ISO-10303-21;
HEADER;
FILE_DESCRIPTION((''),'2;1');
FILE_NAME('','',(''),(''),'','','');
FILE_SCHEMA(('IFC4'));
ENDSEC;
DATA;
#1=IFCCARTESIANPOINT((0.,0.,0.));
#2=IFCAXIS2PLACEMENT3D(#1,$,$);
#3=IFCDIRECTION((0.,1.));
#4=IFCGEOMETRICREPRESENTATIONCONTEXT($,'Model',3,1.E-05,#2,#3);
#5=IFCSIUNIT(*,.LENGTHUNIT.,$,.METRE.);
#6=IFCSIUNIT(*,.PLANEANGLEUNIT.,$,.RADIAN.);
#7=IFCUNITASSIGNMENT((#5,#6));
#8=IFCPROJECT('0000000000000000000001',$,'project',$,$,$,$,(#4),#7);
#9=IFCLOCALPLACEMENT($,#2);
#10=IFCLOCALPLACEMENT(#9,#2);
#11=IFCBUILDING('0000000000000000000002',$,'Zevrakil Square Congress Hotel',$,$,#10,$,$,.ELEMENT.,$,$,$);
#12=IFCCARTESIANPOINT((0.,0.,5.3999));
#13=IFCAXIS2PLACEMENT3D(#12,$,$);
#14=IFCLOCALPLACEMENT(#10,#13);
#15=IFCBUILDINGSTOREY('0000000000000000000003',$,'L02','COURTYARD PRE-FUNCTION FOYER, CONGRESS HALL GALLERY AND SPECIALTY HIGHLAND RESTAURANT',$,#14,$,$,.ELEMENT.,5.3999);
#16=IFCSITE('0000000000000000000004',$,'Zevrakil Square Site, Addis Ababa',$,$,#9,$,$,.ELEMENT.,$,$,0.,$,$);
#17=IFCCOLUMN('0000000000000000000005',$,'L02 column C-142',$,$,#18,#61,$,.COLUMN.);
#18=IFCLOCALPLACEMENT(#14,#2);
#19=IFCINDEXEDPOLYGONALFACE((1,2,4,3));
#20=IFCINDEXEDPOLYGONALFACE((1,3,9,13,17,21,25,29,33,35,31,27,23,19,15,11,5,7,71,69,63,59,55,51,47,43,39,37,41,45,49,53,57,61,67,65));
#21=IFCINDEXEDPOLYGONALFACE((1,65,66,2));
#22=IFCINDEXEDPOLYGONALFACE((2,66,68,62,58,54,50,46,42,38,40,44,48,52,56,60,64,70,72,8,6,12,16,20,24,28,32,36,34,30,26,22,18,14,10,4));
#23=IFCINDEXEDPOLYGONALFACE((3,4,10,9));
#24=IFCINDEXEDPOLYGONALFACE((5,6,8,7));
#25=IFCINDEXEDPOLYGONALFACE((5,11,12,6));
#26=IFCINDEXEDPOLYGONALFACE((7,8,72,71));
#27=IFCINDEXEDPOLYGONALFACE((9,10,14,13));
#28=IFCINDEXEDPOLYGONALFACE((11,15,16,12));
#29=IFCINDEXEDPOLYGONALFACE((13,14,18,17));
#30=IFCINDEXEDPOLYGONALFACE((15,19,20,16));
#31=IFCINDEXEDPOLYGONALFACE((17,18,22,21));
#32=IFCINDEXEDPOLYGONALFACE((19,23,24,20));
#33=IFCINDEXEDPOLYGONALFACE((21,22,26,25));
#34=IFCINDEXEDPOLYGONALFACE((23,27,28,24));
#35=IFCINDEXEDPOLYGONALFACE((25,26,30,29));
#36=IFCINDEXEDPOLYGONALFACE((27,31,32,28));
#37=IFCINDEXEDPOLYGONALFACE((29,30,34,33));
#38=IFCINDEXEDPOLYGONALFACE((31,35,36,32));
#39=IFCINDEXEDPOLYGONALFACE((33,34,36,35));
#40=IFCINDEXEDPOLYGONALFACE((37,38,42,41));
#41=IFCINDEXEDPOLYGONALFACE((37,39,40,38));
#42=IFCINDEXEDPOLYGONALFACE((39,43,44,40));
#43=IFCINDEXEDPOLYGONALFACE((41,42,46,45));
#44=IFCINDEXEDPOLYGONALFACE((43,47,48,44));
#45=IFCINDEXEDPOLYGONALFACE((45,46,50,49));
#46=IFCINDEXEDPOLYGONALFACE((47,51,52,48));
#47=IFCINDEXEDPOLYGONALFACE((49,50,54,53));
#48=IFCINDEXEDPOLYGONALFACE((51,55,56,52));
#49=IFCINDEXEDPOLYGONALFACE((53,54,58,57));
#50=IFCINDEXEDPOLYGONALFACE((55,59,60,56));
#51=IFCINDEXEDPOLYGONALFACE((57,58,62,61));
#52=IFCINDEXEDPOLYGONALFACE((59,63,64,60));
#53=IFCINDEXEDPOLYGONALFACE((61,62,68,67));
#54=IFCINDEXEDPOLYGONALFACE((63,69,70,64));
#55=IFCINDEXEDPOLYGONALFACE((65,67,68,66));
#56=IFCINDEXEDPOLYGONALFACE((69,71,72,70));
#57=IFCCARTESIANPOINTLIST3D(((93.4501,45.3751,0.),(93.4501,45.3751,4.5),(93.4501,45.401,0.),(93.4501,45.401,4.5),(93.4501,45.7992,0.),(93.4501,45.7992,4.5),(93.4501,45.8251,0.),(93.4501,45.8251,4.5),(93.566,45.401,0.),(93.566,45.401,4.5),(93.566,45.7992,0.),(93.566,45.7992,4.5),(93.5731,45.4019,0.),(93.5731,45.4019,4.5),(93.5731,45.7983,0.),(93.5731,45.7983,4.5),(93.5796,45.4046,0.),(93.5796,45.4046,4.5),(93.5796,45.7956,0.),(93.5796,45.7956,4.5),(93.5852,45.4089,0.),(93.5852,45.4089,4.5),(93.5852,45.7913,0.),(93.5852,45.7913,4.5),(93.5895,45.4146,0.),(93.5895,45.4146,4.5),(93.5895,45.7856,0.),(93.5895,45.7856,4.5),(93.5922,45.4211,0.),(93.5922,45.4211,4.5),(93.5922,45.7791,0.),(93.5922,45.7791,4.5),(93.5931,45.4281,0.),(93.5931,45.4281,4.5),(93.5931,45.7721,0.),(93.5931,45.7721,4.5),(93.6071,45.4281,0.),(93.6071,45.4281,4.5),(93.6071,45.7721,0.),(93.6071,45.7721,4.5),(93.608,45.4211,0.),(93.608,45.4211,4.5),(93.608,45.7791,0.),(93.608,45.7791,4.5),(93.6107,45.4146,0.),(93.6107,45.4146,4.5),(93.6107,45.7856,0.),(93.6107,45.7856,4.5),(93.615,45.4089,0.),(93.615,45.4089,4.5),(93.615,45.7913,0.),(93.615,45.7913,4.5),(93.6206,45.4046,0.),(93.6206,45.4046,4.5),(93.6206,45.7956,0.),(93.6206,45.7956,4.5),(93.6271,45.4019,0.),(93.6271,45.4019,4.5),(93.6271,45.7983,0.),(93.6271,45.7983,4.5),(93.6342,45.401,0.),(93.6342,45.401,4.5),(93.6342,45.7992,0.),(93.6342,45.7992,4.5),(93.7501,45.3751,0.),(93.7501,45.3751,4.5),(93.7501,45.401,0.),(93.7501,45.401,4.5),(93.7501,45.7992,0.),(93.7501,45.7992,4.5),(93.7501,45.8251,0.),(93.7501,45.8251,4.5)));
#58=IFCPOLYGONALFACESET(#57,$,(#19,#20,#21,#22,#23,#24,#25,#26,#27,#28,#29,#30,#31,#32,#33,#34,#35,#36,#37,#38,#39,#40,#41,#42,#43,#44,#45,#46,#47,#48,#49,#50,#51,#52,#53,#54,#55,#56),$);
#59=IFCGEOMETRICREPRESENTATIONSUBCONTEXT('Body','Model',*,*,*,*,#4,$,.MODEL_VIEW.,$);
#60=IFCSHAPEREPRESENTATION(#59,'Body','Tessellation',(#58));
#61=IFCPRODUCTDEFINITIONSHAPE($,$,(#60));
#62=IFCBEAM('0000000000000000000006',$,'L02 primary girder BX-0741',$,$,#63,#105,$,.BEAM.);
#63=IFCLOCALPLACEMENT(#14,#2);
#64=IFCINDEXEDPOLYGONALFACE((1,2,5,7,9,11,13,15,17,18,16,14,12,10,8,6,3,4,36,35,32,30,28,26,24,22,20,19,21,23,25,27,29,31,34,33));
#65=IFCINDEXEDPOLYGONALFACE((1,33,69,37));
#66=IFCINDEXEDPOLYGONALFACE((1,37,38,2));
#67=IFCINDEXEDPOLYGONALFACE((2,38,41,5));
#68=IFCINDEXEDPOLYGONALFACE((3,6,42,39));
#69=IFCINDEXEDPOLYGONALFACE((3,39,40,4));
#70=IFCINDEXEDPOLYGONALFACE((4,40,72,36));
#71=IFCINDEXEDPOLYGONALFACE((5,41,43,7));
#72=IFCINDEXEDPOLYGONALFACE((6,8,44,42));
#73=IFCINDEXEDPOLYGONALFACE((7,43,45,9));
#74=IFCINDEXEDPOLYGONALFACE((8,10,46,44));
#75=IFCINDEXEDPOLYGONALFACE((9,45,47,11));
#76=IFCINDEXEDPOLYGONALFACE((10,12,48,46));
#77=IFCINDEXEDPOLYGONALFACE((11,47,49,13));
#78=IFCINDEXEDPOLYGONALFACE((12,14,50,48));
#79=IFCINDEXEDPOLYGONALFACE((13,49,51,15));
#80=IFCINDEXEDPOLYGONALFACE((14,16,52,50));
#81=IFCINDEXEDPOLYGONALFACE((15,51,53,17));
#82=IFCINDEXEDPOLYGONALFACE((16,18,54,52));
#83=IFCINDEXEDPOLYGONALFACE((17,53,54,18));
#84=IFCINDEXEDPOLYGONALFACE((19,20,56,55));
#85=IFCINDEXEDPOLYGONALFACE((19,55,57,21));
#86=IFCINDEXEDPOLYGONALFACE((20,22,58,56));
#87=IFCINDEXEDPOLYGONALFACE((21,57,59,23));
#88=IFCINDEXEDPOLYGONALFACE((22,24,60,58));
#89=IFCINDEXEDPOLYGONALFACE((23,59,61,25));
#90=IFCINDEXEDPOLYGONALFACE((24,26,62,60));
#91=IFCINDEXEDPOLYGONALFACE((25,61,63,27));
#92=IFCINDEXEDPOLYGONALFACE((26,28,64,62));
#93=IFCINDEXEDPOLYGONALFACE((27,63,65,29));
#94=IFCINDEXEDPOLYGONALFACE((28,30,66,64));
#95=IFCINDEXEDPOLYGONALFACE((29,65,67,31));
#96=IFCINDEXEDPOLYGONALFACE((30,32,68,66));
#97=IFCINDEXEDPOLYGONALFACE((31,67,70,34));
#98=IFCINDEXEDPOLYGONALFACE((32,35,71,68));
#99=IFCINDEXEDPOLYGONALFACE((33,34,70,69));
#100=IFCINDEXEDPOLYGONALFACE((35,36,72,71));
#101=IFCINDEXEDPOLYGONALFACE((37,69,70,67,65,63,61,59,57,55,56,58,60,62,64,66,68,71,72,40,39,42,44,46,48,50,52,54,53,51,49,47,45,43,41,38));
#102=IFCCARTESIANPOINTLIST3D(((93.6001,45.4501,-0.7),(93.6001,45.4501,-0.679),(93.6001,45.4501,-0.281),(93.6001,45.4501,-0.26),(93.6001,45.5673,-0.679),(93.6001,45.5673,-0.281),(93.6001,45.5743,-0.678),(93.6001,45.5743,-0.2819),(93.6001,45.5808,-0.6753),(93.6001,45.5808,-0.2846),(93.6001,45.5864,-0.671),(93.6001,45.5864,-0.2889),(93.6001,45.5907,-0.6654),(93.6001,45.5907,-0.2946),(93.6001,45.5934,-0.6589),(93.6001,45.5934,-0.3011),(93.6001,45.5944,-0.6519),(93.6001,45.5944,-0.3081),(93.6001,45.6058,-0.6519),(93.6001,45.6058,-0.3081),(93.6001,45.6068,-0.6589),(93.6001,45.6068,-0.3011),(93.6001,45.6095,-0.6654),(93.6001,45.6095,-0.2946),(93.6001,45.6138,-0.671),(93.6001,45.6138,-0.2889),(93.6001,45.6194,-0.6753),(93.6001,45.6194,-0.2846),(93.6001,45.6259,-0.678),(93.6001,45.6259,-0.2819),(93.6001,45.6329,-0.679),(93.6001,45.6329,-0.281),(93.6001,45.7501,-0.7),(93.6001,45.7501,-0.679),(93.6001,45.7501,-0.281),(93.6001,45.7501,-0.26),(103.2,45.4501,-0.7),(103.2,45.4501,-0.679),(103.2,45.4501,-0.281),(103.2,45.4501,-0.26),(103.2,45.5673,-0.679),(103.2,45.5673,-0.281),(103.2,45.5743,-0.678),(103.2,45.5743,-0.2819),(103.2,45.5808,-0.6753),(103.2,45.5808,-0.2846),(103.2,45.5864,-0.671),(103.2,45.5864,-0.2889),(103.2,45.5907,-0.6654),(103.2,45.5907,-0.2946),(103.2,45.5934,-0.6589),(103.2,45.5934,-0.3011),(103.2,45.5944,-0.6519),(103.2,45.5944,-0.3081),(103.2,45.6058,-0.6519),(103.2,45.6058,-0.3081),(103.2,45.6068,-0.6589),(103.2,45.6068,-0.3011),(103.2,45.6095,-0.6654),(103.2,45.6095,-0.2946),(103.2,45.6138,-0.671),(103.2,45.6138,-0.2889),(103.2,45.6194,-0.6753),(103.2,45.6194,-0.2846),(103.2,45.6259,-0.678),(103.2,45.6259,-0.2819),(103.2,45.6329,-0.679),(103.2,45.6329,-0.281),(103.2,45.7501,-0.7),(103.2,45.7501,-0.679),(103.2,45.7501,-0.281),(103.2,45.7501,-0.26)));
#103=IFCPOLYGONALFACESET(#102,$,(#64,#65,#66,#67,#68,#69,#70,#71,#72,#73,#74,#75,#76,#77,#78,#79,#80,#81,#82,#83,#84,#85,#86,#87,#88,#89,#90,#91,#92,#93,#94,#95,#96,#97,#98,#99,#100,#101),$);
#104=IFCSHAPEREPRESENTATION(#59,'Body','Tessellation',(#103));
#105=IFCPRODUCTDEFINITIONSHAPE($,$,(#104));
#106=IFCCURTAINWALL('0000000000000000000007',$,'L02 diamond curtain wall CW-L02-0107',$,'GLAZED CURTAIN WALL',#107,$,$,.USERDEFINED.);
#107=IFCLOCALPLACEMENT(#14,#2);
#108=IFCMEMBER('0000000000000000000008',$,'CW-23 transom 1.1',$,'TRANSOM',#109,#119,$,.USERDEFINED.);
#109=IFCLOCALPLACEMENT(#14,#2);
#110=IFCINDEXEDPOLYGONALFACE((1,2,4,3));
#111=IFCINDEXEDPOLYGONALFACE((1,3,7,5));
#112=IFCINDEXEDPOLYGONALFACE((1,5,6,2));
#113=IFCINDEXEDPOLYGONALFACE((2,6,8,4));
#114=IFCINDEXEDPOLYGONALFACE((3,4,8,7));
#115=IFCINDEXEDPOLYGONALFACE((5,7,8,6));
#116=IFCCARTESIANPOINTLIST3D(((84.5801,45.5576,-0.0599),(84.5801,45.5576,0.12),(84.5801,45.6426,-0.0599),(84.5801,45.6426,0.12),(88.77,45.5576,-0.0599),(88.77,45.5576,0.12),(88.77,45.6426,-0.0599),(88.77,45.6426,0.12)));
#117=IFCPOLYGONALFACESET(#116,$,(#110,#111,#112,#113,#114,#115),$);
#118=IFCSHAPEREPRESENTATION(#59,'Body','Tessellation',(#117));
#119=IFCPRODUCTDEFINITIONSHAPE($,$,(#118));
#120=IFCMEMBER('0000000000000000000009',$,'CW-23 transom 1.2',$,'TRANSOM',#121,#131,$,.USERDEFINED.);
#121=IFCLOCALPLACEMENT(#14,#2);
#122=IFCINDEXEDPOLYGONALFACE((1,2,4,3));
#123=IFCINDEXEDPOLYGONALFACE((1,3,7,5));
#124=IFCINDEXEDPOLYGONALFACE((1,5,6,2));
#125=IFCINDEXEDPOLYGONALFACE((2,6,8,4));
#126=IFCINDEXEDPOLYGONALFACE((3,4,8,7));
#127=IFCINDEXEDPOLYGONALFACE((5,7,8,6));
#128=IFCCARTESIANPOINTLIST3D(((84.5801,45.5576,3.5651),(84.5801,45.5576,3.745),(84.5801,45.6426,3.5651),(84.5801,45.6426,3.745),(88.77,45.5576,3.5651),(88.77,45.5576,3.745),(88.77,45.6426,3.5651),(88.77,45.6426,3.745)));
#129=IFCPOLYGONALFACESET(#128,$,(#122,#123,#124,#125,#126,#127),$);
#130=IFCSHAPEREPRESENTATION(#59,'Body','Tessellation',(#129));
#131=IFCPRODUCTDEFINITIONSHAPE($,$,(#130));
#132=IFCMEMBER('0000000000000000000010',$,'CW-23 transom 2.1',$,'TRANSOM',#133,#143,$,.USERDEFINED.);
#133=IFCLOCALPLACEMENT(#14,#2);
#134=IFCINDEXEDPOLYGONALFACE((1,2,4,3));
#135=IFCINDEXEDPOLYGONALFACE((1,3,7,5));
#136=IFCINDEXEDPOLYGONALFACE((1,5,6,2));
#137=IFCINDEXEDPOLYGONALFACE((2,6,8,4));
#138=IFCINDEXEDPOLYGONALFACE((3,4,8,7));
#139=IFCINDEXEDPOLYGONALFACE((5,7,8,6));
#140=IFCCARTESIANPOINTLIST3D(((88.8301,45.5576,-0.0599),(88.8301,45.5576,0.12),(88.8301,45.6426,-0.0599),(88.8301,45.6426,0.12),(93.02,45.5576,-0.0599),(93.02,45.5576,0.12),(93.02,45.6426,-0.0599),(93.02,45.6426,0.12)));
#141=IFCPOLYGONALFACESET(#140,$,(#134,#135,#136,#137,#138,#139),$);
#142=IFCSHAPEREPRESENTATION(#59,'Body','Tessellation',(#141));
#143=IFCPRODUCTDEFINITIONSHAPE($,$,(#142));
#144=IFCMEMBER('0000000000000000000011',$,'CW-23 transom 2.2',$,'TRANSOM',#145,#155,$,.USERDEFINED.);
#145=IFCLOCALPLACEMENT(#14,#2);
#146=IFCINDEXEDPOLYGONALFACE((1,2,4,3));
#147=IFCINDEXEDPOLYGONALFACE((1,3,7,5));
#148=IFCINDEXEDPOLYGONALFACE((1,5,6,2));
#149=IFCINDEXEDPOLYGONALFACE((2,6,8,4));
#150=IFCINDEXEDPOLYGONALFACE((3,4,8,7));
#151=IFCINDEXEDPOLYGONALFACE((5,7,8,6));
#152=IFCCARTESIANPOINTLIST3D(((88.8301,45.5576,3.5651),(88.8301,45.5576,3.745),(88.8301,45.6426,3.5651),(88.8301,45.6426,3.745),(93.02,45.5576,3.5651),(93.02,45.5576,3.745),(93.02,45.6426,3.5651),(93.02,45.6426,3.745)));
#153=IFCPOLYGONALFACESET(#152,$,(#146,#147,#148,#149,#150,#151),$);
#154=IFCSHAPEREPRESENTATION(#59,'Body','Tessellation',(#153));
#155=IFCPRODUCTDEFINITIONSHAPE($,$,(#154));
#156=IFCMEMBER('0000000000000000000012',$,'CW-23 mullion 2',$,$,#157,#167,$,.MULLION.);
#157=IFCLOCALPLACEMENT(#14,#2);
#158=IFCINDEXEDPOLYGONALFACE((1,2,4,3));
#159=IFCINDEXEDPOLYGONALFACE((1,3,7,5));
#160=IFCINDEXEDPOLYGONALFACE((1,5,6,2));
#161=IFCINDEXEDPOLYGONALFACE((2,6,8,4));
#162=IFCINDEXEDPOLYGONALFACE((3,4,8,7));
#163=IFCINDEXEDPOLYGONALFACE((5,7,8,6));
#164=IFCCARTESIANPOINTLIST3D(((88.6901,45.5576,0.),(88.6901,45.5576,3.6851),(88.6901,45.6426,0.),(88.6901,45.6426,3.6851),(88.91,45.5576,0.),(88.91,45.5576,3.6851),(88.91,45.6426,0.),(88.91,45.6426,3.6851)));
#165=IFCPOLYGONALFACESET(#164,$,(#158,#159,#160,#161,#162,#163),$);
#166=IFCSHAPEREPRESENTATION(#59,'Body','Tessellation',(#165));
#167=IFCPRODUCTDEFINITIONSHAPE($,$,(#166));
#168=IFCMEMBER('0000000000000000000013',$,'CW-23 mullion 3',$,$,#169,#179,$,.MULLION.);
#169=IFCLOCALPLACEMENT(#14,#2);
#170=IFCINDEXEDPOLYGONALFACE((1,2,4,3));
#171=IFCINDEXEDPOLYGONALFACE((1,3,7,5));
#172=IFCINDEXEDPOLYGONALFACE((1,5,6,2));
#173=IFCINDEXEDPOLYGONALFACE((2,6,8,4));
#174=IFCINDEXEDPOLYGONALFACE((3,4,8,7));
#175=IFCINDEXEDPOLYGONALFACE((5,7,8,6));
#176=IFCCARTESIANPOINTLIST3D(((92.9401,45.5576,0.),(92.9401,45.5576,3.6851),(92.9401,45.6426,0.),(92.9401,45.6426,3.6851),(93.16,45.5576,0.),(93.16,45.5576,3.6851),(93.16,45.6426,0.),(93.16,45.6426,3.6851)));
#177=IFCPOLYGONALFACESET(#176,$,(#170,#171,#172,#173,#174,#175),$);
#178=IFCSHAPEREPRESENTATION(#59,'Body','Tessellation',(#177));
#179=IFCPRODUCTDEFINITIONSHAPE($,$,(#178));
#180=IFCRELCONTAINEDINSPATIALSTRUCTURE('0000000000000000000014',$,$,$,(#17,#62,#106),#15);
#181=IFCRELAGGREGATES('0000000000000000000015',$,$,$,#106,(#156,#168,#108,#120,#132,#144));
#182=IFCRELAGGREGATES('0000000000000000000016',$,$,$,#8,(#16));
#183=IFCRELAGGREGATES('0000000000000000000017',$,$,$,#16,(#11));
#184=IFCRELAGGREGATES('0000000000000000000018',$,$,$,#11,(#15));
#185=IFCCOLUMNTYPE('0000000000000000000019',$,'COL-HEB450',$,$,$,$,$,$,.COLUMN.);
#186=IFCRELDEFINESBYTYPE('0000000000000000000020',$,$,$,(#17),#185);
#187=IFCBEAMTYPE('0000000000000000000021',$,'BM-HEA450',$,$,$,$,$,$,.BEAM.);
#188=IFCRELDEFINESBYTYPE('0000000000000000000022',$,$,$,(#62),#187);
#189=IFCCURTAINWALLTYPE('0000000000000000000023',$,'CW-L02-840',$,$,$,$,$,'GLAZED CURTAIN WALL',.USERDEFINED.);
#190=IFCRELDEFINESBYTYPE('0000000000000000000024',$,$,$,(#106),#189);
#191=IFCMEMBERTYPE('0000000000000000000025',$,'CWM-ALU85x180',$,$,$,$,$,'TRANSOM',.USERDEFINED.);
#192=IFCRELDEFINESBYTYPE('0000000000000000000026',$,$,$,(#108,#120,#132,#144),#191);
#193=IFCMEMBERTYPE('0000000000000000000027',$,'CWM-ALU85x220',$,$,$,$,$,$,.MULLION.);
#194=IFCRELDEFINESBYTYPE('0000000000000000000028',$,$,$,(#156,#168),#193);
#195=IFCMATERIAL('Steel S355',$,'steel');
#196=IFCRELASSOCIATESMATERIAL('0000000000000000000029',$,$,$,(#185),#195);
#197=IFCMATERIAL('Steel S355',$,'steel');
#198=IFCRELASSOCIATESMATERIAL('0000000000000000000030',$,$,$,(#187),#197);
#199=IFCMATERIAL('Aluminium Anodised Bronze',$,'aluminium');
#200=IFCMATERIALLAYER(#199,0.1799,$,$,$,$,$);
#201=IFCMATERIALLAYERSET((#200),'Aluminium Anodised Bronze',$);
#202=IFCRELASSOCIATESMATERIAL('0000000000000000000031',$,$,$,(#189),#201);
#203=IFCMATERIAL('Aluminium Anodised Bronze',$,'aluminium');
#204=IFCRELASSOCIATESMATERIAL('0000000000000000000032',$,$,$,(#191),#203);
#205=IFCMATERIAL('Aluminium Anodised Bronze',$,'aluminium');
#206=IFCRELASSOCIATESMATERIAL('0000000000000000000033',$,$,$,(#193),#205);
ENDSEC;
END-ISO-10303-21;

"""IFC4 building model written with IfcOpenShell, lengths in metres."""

from ifc_helpers import new_model, si_unit, direction, frame, origin, origin_2d, place, context, subcontext, project, spatial, rectangle, i_section, extrude, material, layer, layer_set, material_profile, profile_set, type_object, element, aggregate, save


model = new_model("IFC4")

# Units and contexts
model_context = context("Model", 3, precision=1e-05, world=origin(), true_north=direction((0.0, 1.0)))
body_context = subcontext(model_context, "Body", "Model", "MODEL_VIEW")
ifc_project = project(units=[si_unit("LENGTHUNIT", "METRE"), si_unit("PLANEANGLEUNIT", "RADIAN")], contexts=[model_context])

# Site, building, storey
site_placement = place(None, origin())
site = spatial("IfcSite", under=ifc_project, at=site_placement, Name="Zevrakil Square Site, Addis Ababa", CompositionType="ELEMENT", RefElevation=0.0)
building_placement = place(site_placement, origin())
building = spatial("IfcBuilding", under=site, at=building_placement, Name="Zevrakil Square Congress Hotel", CompositionType="ELEMENT")
storey_placement = place(building_placement, frame((0.0, 0.0, 5.3999)))
storey = spatial("IfcBuildingStorey", under=building, at=storey_placement, Name="L02", Description="COURTYARD PRE-FUNCTION FOYER, CONGRESS HALL GALLERY AND SPECIALTY HIGHLAND RESTAURANT", CompositionType="ELEMENT", Elevation=5.3999)

# Column
ifc_material_1 = material(Name="Steel S355", Category="steel")
ifc_material_profile_1 = material_profile(ifc_material_1, i_section(OverallWidth=0.3, OverallDepth=0.45, WebThickness=0.0139, FlangeThickness=0.0259, FilletRadius=0.0271, at=origin_2d()), Name="HEB 450")
ifc_profile_set_1 = profile_set([ifc_material_profile_1], Name="Steel S355")
column_type = type_object("IfcColumnType", Name="COL-HEB450", PredefinedType="COLUMN", material=ifc_profile_set_1)
column_placement = place(storey_placement, frame((93.6001, 45.6001, 0.0), z_axis=(0.0, 0.0, 1.0), x_axis=(1.0, 0.0, 0.0)))
element("IfcColumn", 1, at=column_placement, inside=storey, type_object=column_type, Name="L02 column C-142", PredefinedType="COLUMN", context=body_context, shape_type="SweptSolid", body=[
    extrude(i_section(OverallWidth=0.3, OverallDepth=0.45, WebThickness=0.0139, FlangeThickness=0.0259, FilletRadius=0.0271, at=origin_2d()), origin(), (0.0, 0.0, 1.0), 4.5),
])

# Beam
ifc_material_2 = material(Name="Steel S355", Category="steel")
ifc_material_profile_2 = material_profile(ifc_material_2, i_section(OverallWidth=0.3, OverallDepth=0.4399, WebThickness=0.0115, FlangeThickness=0.021, FilletRadius=0.0271, at=origin_2d()), Name="HEA 450")
ifc_profile_set_2 = profile_set([ifc_material_profile_2], Name="Steel S355")
beam_type = type_object("IfcBeamType", Name="BM-HEA450", PredefinedType="BEAM", material=ifc_profile_set_2)
beam_placement = place(storey_placement, frame((93.6001, 45.6001, -0.48), z_axis=(1.0, 0.0, 0.0), x_axis=(0.0, 1.0, 0.0)))
element("IfcBeam", 2, at=beam_placement, inside=storey, type_object=beam_type, Name="L02 primary girder BX-0741", PredefinedType="BEAM", context=body_context, shape_type="SweptSolid", body=[
    extrude(i_section(OverallWidth=0.3, OverallDepth=0.4399, WebThickness=0.0115, FlangeThickness=0.021, FilletRadius=0.0271, at=origin_2d()), origin(), (0.0, 0.0, 1.0), 9.5999),
])

# Curtain wall, members
ifc_material_3 = material(Name="Aluminium Anodised Bronze", Category="aluminium")
ifc_layer_1 = layer(ifc_material_3, 0.1799)
ifc_layer_set_1 = layer_set([ifc_layer_1], Name="Aluminium Anodised Bronze")
curtain_wall_type = type_object("IfcCurtainWallType", Name="CW-L02-840", ElementType="GLAZED CURTAIN WALL", PredefinedType="USERDEFINED", material=ifc_layer_set_1)
curtain_wall_placement = place(storey_placement, origin())
curtain_wall = element("IfcCurtainWall", 3, at=curtain_wall_placement, inside=storey, type_object=curtain_wall_type, Name="L02 diamond curtain wall CW-L02-0107", ObjectType="GLAZED CURTAIN WALL", PredefinedType="USERDEFINED")
ifc_material_4 = material(Name="Aluminium Anodised Bronze", Category="aluminium")
ifc_material_profile_3 = material_profile(ifc_material_4, rectangle(XDim=0.085, YDim=0.1799, at=origin_2d()), Name="ALU 85x180")
ifc_profile_set_3 = profile_set([ifc_material_profile_3], Name="Aluminium Anodised Bronze")
member_type_1 = type_object("IfcMemberType", Name="CWM-ALU85x180", ElementType="TRANSOM", PredefinedType="USERDEFINED", material=ifc_profile_set_3)
member_1_placement = place(storey_placement, frame((84.5801, 45.6001, 0.03), z_axis=(1.0, 0.0, 0.0), x_axis=(0.0, 1.0, 0.0)))
member_1 = element("IfcMember", 4, at=member_1_placement, type_object=member_type_1, Name="CW-23 transom 1.1", ObjectType="TRANSOM", PredefinedType="USERDEFINED", context=body_context, shape_type="SweptSolid", body=[
    extrude(rectangle(XDim=0.085, YDim=0.1799, at=origin_2d()), origin(), (0.0, 0.0, 1.0), 4.1899),
])
member_2_placement = place(storey_placement, frame((84.5801, 45.6001, 3.655), z_axis=(1.0, 0.0, 0.0), x_axis=(0.0, 1.0, 0.0)))
member_2 = element("IfcMember", 5, at=member_2_placement, type_object=member_type_1, Name="CW-23 transom 1.2", ObjectType="TRANSOM", PredefinedType="USERDEFINED", context=body_context, shape_type="SweptSolid", body=[
    extrude(rectangle(XDim=0.085, YDim=0.1799, at=origin_2d()), origin(), (0.0, 0.0, 1.0), 4.1899),
])
member_3_placement = place(storey_placement, frame((88.8301, 45.6001, 0.03), z_axis=(1.0, 0.0, 0.0), x_axis=(0.0, 1.0, 0.0)))
member_3 = element("IfcMember", 6, at=member_3_placement, type_object=member_type_1, Name="CW-23 transom 2.1", ObjectType="TRANSOM", PredefinedType="USERDEFINED", context=body_context, shape_type="SweptSolid", body=[
    extrude(rectangle(XDim=0.085, YDim=0.1799, at=origin_2d()), origin(), (0.0, 0.0, 1.0), 4.1899),
])
member_4_placement = place(storey_placement, frame((88.8301, 45.6001, 3.655), z_axis=(1.0, 0.0, 0.0), x_axis=(0.0, 1.0, 0.0)))
member_4 = element("IfcMember", 7, at=member_4_placement, type_object=member_type_1, Name="CW-23 transom 2.2", ObjectType="TRANSOM", PredefinedType="USERDEFINED", context=body_context, shape_type="SweptSolid", body=[
    extrude(rectangle(XDim=0.085, YDim=0.1799, at=origin_2d()), origin(), (0.0, 0.0, 1.0), 4.1899),
])
ifc_material_5 = material(Name="Aluminium Anodised Bronze", Category="aluminium")
ifc_material_profile_4 = material_profile(ifc_material_5, rectangle(XDim=0.085, YDim=0.22, at=origin_2d()), Name="ALU 85x220")
ifc_profile_set_4 = profile_set([ifc_material_profile_4], Name="Aluminium Anodised Bronze")
member_type_2 = type_object("IfcMemberType", Name="CWM-ALU85x220", PredefinedType="MULLION", material=ifc_profile_set_4)
member_5_placement = place(storey_placement, frame((88.8, 45.6001, 0.0), z_axis=(0.0, 0.0, 1.0), x_axis=(0.0, 1.0, 0.0)))
member_5 = element("IfcMember", 8, at=member_5_placement, type_object=member_type_2, Name="CW-23 mullion 2", PredefinedType="MULLION", context=body_context, shape_type="SweptSolid", body=[
    extrude(rectangle(XDim=0.085, YDim=0.22, at=origin_2d()), origin(), (0.0, 0.0, 1.0), 3.6851),
])
member_6_placement = place(storey_placement, frame((93.05, 45.6001, 0.0), z_axis=(0.0, 0.0, 1.0), x_axis=(0.0, 1.0, 0.0)))
member_6 = element("IfcMember", 9, at=member_6_placement, type_object=member_type_2, Name="CW-23 mullion 3", PredefinedType="MULLION", context=body_context, shape_type="SweptSolid", body=[
    extrude(rectangle(XDim=0.085, YDim=0.22, at=origin_2d()), origin(), (0.0, 0.0, 1.0), 3.6851),
])
aggregate(curtain_wall, [member_5, member_6, member_1, member_2, member_3, member_4])

save(model, "model.ifc")
